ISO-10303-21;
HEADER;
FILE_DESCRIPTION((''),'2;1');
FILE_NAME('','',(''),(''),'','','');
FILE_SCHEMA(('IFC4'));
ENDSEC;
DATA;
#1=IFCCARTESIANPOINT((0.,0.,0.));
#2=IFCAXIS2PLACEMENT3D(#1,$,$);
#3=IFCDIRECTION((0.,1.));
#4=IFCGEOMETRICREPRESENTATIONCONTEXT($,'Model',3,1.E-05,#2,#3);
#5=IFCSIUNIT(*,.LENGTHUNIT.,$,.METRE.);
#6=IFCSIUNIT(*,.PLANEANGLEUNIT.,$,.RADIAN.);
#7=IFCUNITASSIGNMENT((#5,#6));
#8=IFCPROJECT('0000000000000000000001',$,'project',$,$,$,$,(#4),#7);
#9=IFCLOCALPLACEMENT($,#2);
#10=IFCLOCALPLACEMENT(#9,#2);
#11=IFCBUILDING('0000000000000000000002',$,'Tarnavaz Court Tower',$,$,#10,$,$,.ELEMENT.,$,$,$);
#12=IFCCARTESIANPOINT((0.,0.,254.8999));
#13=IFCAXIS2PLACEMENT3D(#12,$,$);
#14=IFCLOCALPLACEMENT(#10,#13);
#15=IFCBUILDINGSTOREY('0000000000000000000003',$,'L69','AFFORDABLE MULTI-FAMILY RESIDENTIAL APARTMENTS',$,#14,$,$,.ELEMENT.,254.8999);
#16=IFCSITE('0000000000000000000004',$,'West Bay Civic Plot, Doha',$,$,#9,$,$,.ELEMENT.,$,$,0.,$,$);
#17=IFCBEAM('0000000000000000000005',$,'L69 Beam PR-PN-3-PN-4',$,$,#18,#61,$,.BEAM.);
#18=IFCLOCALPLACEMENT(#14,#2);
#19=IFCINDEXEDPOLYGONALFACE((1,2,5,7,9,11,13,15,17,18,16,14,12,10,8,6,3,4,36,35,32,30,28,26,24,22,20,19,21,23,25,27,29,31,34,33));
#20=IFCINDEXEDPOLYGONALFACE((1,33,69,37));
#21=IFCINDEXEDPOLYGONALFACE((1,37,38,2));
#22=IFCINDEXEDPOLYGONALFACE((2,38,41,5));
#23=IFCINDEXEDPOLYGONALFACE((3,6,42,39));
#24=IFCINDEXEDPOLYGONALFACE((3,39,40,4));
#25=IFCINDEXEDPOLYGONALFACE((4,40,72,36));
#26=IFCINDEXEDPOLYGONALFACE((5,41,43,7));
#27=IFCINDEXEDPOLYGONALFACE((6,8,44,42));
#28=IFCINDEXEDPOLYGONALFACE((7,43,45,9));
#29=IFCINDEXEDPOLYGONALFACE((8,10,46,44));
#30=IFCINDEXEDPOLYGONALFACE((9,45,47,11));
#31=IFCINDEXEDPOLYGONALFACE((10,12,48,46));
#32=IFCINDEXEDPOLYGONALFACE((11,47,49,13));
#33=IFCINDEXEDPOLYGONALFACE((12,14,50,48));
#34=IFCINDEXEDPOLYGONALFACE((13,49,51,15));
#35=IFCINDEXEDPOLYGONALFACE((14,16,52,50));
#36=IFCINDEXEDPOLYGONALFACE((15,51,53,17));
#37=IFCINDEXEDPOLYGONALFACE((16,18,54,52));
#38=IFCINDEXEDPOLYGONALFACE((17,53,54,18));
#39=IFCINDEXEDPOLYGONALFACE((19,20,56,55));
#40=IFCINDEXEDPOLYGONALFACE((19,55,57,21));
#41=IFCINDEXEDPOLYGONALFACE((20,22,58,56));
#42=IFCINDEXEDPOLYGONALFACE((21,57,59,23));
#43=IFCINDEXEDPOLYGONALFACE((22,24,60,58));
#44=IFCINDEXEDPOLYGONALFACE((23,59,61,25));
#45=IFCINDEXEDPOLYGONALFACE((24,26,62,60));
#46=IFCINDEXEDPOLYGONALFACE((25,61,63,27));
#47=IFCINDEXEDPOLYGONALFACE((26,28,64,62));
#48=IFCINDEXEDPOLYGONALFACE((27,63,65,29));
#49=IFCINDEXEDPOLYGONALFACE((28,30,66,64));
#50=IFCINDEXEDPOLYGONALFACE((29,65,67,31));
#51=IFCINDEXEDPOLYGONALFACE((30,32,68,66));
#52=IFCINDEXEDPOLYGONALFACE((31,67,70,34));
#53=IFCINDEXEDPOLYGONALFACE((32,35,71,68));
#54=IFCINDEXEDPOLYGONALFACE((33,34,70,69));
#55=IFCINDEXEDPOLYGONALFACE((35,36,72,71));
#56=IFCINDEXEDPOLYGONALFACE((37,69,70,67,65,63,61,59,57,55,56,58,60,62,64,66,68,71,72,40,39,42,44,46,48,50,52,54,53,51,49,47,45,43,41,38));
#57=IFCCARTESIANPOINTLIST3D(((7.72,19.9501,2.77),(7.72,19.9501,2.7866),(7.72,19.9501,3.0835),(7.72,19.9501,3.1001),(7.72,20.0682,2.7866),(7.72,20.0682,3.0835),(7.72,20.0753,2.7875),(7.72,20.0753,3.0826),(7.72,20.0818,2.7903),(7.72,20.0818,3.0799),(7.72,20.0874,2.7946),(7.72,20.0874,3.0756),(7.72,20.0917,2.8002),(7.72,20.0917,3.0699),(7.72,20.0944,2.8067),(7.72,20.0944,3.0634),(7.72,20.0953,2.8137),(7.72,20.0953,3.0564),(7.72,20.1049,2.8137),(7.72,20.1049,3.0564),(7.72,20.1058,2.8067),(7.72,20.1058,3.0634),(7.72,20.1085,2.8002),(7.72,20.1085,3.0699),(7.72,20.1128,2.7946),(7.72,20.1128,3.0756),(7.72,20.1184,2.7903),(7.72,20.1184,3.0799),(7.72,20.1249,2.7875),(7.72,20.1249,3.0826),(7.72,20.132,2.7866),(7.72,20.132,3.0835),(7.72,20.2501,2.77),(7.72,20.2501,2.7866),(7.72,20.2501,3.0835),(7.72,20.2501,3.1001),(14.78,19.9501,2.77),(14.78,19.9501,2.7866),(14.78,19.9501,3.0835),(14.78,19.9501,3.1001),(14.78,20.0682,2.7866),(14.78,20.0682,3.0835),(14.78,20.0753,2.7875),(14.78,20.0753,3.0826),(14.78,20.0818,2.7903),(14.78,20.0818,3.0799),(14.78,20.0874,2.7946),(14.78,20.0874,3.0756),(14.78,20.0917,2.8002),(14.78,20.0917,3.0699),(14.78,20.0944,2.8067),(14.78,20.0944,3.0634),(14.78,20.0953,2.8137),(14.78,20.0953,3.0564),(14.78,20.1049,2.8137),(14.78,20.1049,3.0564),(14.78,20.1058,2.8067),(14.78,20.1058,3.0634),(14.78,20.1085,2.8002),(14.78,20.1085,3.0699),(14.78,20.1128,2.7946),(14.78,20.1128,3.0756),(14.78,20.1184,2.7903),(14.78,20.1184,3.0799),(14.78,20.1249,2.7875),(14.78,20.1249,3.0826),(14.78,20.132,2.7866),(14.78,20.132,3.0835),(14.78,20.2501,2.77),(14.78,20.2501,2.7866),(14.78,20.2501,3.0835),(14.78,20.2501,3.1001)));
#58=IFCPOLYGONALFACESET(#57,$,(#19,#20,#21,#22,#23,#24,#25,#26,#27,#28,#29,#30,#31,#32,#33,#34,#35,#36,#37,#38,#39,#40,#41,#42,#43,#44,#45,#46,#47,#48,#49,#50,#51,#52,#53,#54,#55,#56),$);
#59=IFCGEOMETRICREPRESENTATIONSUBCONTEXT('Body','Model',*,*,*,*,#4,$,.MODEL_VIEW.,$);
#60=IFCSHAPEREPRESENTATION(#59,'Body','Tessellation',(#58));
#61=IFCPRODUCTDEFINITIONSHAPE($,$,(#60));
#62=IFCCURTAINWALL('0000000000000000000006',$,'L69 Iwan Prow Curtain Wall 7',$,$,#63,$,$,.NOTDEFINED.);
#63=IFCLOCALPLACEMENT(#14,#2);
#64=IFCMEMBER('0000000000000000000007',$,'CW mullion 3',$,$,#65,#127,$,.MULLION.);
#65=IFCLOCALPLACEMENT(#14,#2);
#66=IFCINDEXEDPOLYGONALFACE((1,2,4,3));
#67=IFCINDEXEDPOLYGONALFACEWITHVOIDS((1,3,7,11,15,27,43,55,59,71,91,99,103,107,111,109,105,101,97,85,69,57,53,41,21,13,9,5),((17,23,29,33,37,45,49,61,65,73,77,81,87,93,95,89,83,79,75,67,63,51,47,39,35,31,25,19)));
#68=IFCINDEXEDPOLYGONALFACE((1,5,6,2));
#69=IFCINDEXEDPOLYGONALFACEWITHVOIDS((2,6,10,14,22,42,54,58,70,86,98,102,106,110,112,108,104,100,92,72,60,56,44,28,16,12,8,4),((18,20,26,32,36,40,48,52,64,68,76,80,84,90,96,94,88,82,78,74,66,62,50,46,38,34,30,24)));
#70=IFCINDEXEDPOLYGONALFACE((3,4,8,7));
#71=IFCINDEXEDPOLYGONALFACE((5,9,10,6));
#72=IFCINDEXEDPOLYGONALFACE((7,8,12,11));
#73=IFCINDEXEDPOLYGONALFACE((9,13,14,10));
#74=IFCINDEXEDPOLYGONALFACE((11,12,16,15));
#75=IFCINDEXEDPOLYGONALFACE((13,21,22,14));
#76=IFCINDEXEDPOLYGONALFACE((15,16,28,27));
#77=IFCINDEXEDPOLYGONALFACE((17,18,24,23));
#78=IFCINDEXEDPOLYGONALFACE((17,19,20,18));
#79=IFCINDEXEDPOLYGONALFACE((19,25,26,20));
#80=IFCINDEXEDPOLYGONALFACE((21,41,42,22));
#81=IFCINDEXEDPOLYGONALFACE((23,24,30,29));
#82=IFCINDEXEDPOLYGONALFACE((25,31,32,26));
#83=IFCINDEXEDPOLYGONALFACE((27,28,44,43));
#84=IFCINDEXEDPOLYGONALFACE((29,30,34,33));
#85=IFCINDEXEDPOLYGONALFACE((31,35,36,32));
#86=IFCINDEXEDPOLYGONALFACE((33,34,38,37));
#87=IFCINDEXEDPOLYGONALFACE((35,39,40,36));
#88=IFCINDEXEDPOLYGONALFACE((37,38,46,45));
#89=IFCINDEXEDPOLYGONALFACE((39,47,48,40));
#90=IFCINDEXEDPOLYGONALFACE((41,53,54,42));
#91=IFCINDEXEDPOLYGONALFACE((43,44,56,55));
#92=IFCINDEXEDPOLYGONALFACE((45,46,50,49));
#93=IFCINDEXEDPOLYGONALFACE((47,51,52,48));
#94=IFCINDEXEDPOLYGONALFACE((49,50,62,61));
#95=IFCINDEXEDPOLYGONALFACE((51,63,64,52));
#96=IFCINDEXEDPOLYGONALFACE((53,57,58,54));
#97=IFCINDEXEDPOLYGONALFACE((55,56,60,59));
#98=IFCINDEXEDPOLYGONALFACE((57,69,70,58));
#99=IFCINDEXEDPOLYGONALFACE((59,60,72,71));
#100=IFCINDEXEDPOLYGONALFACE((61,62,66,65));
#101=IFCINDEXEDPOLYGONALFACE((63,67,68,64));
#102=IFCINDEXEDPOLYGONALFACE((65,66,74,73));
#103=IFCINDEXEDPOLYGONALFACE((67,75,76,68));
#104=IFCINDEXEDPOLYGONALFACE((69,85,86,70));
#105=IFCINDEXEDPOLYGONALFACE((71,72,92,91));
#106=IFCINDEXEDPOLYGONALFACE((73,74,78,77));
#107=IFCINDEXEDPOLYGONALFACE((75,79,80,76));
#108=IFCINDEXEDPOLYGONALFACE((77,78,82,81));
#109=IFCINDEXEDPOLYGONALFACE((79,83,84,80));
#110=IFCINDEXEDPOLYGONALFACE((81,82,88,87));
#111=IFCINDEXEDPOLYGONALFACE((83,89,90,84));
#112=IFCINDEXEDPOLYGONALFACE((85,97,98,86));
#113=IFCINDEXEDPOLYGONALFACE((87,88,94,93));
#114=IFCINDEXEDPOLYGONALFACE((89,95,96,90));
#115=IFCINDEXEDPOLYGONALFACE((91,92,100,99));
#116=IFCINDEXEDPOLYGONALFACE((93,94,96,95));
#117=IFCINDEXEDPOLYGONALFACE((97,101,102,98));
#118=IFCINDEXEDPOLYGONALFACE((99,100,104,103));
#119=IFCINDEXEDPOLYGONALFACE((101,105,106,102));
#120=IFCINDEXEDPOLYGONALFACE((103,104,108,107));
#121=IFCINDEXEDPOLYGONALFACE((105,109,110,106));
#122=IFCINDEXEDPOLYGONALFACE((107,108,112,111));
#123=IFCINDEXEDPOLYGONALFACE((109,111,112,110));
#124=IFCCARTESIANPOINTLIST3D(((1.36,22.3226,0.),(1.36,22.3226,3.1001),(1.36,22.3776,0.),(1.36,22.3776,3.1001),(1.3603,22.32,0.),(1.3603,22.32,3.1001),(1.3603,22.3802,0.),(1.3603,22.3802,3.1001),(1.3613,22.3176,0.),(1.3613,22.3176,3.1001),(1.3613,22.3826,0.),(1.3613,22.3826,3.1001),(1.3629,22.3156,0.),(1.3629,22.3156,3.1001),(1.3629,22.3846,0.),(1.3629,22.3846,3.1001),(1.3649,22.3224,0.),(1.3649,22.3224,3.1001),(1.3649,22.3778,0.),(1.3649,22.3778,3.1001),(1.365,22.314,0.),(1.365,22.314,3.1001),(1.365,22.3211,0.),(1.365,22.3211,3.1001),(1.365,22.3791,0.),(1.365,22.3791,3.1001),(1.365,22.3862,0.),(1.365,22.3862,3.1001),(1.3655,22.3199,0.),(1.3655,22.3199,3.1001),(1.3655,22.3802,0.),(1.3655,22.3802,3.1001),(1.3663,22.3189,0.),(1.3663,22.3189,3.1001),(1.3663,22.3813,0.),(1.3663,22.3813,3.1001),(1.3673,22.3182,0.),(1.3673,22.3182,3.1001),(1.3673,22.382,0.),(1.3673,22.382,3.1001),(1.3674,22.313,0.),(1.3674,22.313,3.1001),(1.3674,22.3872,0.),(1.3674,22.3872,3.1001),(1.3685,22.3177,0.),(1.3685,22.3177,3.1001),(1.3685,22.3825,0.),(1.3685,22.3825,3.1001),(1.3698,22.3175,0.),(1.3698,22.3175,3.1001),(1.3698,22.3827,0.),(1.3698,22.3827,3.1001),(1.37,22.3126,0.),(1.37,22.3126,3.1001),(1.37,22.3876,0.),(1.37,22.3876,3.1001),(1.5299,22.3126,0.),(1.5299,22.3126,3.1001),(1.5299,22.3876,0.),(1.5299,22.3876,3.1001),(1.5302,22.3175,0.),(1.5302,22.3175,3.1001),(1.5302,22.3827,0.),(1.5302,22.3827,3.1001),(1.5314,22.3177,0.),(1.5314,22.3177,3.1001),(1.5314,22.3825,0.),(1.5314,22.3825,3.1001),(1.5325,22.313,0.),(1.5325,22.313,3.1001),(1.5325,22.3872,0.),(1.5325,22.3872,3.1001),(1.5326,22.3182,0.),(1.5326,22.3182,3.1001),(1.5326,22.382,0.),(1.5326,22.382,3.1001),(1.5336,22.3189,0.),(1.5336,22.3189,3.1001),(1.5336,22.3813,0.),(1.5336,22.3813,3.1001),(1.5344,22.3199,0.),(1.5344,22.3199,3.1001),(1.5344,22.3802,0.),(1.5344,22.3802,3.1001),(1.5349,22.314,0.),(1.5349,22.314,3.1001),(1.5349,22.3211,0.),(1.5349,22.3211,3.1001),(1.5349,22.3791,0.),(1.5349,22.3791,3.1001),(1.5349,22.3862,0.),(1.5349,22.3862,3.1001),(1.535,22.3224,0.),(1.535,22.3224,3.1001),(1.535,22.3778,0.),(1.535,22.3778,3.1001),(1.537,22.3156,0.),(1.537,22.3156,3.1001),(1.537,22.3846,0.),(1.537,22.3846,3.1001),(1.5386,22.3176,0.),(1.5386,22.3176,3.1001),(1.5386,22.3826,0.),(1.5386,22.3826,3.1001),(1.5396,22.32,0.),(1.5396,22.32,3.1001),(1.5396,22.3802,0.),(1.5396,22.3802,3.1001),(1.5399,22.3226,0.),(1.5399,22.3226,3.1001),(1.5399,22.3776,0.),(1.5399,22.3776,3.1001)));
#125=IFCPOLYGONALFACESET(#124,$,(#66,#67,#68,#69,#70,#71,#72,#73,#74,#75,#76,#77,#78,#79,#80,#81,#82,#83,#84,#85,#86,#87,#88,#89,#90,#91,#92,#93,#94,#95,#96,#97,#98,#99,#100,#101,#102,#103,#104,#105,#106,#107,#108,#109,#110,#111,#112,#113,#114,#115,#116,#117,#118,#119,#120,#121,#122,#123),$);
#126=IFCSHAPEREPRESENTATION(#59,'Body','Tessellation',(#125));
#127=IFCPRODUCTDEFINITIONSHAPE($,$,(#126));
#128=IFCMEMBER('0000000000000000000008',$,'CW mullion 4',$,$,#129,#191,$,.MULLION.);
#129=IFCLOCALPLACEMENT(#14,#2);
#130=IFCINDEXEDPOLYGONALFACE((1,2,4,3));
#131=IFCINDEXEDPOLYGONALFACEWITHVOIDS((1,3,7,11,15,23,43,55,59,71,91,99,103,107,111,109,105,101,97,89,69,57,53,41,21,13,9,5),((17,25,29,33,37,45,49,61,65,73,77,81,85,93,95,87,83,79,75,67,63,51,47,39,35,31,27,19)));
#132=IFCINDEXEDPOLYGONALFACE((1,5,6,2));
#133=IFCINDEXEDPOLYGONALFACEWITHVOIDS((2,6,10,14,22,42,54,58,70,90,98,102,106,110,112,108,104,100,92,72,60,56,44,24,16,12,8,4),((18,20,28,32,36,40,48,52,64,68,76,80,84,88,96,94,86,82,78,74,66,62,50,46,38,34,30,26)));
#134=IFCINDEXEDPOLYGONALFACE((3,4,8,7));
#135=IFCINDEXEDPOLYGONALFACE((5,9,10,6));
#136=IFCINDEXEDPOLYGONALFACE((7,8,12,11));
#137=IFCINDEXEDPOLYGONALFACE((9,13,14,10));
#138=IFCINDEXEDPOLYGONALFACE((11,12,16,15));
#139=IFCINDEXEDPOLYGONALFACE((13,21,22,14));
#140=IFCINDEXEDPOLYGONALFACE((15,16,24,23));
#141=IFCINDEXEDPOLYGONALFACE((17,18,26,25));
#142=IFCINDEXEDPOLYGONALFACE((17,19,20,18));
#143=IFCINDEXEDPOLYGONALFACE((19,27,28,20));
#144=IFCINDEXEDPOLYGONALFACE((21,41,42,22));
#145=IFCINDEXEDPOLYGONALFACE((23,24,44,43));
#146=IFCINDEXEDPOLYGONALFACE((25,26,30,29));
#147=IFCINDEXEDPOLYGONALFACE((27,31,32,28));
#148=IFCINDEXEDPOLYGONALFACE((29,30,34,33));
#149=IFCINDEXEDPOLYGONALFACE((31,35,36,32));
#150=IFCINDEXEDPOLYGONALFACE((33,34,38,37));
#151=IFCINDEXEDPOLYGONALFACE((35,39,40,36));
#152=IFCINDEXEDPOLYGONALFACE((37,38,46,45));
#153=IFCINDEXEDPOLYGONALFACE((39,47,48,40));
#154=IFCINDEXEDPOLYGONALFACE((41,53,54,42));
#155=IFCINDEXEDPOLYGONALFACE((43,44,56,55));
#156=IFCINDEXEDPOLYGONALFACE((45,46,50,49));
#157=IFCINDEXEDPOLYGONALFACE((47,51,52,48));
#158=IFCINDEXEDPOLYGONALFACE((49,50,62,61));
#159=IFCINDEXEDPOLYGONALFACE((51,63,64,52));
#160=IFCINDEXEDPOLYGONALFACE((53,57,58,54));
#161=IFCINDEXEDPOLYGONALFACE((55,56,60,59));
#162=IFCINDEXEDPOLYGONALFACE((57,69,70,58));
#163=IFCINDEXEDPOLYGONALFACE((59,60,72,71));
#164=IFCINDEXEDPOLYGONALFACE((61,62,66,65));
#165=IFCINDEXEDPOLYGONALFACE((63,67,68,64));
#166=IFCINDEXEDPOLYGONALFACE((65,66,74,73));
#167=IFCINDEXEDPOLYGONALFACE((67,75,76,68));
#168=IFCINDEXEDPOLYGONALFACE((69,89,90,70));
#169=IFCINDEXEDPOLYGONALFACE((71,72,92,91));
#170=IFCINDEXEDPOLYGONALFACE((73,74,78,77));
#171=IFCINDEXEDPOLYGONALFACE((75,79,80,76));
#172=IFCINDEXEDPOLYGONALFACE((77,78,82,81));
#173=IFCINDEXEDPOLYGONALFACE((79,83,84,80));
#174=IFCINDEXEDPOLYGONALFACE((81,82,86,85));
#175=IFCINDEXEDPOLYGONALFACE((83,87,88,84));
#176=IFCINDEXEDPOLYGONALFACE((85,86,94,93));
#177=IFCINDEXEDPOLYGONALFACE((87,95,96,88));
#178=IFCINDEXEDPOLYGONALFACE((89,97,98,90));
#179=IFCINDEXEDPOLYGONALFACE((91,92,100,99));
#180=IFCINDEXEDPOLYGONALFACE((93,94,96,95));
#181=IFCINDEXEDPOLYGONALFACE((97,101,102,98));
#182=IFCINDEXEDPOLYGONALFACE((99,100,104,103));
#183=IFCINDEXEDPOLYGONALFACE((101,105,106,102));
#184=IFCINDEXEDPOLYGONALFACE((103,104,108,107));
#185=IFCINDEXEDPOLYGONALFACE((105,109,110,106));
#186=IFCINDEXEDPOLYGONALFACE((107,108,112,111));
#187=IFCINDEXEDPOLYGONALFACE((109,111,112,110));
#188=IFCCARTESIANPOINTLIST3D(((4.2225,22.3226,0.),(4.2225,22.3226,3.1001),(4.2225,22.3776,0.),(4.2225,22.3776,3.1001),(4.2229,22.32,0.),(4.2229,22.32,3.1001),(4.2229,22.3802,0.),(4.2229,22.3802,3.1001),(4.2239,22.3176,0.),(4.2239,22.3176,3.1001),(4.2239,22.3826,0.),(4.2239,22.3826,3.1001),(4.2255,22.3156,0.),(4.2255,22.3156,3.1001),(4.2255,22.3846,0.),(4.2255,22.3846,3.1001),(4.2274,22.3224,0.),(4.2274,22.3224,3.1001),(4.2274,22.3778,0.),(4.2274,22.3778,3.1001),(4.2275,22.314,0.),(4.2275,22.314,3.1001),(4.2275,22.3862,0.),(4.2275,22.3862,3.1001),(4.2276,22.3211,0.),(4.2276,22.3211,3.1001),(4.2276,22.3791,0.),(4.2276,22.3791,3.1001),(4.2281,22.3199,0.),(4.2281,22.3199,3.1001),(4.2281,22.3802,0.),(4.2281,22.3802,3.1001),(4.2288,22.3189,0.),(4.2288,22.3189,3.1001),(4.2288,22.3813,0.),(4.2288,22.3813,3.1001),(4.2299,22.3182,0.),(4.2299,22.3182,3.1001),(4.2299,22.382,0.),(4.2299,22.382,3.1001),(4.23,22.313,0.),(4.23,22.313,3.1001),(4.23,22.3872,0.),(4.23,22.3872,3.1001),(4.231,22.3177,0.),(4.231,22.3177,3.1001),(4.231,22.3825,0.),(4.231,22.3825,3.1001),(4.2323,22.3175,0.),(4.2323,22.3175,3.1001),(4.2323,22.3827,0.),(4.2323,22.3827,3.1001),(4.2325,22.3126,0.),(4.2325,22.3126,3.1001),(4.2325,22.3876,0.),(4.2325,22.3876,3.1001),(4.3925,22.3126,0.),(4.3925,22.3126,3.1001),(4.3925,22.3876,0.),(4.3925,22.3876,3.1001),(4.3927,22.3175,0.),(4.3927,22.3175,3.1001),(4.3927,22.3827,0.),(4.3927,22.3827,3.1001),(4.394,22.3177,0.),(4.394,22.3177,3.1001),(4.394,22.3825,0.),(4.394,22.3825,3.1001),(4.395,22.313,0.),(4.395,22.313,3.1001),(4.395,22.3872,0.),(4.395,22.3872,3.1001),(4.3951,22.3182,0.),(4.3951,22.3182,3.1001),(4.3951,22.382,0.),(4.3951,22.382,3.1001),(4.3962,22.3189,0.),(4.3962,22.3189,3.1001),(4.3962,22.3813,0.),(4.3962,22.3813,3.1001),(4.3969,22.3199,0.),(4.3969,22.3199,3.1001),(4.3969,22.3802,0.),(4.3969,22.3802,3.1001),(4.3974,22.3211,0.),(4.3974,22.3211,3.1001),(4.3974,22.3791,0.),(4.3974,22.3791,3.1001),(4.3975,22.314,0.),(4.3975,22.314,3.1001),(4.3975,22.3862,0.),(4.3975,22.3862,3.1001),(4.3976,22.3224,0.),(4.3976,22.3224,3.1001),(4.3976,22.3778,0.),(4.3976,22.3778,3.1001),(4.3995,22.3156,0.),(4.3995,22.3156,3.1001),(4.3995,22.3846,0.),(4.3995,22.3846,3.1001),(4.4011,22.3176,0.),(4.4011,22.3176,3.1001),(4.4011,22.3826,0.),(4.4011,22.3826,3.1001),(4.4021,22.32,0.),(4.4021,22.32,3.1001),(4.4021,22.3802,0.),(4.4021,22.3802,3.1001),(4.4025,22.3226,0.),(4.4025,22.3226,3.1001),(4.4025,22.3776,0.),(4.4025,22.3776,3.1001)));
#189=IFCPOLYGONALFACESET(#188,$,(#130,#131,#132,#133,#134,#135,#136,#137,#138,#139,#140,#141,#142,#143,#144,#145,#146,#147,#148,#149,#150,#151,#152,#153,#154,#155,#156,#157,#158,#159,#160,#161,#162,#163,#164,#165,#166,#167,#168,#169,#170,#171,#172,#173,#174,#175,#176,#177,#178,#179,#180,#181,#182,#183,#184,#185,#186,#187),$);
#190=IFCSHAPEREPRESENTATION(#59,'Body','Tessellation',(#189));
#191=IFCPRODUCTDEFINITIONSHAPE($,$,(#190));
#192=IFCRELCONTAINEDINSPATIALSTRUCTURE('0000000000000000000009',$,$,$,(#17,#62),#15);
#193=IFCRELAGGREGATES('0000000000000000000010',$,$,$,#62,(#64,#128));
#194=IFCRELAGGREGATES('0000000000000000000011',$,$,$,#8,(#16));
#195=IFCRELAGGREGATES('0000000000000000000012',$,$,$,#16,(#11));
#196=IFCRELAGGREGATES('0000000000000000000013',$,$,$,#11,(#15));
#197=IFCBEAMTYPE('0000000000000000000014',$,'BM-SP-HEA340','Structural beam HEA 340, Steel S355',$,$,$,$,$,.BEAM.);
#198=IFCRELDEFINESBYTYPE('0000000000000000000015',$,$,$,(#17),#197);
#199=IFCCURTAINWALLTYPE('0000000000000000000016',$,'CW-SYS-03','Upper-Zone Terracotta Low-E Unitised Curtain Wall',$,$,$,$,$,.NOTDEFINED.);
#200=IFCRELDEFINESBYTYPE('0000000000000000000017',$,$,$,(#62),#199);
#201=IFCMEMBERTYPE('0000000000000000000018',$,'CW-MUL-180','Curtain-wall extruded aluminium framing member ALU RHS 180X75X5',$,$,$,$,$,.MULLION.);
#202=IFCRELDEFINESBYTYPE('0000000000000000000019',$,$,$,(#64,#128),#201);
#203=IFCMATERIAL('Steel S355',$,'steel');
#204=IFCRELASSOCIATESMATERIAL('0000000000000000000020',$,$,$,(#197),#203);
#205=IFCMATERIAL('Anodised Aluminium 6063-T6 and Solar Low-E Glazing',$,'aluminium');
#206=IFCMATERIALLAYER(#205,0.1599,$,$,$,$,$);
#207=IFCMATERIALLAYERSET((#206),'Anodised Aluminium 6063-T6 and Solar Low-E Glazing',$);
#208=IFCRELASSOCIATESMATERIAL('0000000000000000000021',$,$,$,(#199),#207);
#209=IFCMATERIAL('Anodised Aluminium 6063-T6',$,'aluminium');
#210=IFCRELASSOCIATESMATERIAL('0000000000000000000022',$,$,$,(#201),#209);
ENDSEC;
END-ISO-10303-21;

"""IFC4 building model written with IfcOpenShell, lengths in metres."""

from ifc_helpers import new_model, si_unit, direction, frame, origin, origin_2d, place, context, subcontext, project, spatial, hollow_rectangle, i_section, extrude, material, layer, layer_set, material_profile, profile_set, type_object, element, aggregate, save


model = new_model("IFC4")

# Units and contexts
model_context = context("Model", 3, precision=1e-05, world=origin(), true_north=direction((0.0, 1.0)))
body_context = subcontext(model_context, "Body", "Model", "MODEL_VIEW")
ifc_project = project(units=[si_unit("LENGTHUNIT", "METRE"), si_unit("PLANEANGLEUNIT", "RADIAN")], contexts=[model_context])

# Site, building, storey
site_placement = place(None, origin())
site = spatial("IfcSite", under=ifc_project, at=site_placement, Name="West Bay Civic Plot, Doha", CompositionType="ELEMENT", RefElevation=0.0)
building_placement = place(site_placement, origin())
building = spatial("IfcBuilding", under=site, at=building_placement, Name="Tarnavaz Court Tower", CompositionType="ELEMENT")
storey_placement = place(building_placement, frame((0.0, 0.0, 254.8999)))
storey = spatial("IfcBuildingStorey", under=building, at=storey_placement, Name="L69", Description="AFFORDABLE MULTI-FAMILY RESIDENTIAL APARTMENTS", CompositionType="ELEMENT", Elevation=254.8999)

# Beam
ifc_material_1 = material(Name="Steel S355", Category="steel")
ifc_material_profile_1 = material_profile(ifc_material_1, i_section(OverallWidth=0.3, OverallDepth=0.3301, WebThickness=0.0095, FlangeThickness=0.0166, FilletRadius=0.0271, at=origin_2d()), Name="HEA 340")
ifc_profile_set_1 = profile_set([ifc_material_profile_1], Name="Steel S355")
beam_type_1 = type_object("IfcBeamType", Name="BM-SP-HEA340", Description="Structural beam HEA 340, Steel S355", PredefinedType="BEAM", material=ifc_profile_set_1)
beam_placement = place(storey_placement, frame((7.72, 20.1001, 2.9351), z_axis=(1.0, 0.0, 0.0), x_axis=(0.0, 1.0, 0.0)))
element("IfcBeam", 1, at=beam_placement, inside=storey, type_object=beam_type_1, Name="L69 Beam PR-PN-3-PN-4", PredefinedType="BEAM", context=body_context, shape_type="SweptSolid", body=[
    extrude(i_section(OverallWidth=0.3, OverallDepth=0.3301, WebThickness=0.0095, FlangeThickness=0.0166, FilletRadius=0.0271, at=origin_2d()), origin(), (0.0, 0.0, 1.0), 7.0601),
])

# Curtain wall, members
ifc_material_2 = material(Name="Anodised Aluminium 6063-T6 and Solar Low-E Glazing", Category="aluminium")
ifc_layer_1 = layer(ifc_material_2, 0.1599)
ifc_layer_set_1 = layer_set([ifc_layer_1], Name="Anodised Aluminium 6063-T6 and Solar Low-E Glazing")
curtain_wall_type = type_object("IfcCurtainWallType", Name="CW-SYS-03", Description="Upper-Zone Terracotta Low-E Unitised Curtain Wall", PredefinedType="NOTDEFINED", material=ifc_layer_set_1)
curtain_wall_placement = place(storey_placement, origin())
curtain_wall = element("IfcCurtainWall", 2, at=curtain_wall_placement, inside=storey, type_object=curtain_wall_type, Name="L69 Iwan Prow Curtain Wall 7", PredefinedType="NOTDEFINED")
ifc_material_3 = material(Name="Anodised Aluminium 6063-T6", Category="aluminium")
ifc_material_profile_2 = material_profile(ifc_material_3, hollow_rectangle(XDim=0.075, YDim=0.1799, WallThickness=0.0049, InnerFilletRadius=0.0049, OuterFilletRadius=0.01, at=origin_2d()), Name="ALU RHS 180X75X5")
ifc_profile_set_2 = profile_set([ifc_material_profile_2], Name="Anodised Aluminium 6063-T6")
member_type_1 = type_object("IfcMemberType", Name="CW-MUL-180", Description="Curtain-wall extruded aluminium framing member ALU RHS 180X75X5", PredefinedType="MULLION", material=ifc_profile_set_2)
member_1_placement = place(storey_placement, frame((1.45, 22.3501, 0.0), z_axis=(0.0, 0.0, 1.0), x_axis=(0.0, 1.0, 0.0)))
member_1 = element("IfcMember", 3, at=member_1_placement, type_object=member_type_1, Name="CW mullion 3", PredefinedType="MULLION", context=body_context, shape_type="SweptSolid", body=[
    extrude(hollow_rectangle(XDim=0.075, YDim=0.1799, WallThickness=0.0049, InnerFilletRadius=0.0049, OuterFilletRadius=0.01, at=origin_2d()), origin(), (0.0, 0.0, 1.0), 3.1001),
])
member_2_placement = place(storey_placement, frame((4.3125, 22.3501, 0.0), z_axis=(0.0, 0.0, 1.0), x_axis=(0.0, 1.0, 0.0)))
member_2 = element("IfcMember", 4, at=member_2_placement, type_object=member_type_1, Name="CW mullion 4", PredefinedType="MULLION", context=body_context, shape_type="SweptSolid", body=[
    extrude(hollow_rectangle(XDim=0.075, YDim=0.1799, WallThickness=0.0049, InnerFilletRadius=0.0049, OuterFilletRadius=0.01, at=origin_2d()), origin(), (0.0, 0.0, 1.0), 3.1001),
])
aggregate(curtain_wall, [member_1, member_2])

save(model, "model.ifc")
